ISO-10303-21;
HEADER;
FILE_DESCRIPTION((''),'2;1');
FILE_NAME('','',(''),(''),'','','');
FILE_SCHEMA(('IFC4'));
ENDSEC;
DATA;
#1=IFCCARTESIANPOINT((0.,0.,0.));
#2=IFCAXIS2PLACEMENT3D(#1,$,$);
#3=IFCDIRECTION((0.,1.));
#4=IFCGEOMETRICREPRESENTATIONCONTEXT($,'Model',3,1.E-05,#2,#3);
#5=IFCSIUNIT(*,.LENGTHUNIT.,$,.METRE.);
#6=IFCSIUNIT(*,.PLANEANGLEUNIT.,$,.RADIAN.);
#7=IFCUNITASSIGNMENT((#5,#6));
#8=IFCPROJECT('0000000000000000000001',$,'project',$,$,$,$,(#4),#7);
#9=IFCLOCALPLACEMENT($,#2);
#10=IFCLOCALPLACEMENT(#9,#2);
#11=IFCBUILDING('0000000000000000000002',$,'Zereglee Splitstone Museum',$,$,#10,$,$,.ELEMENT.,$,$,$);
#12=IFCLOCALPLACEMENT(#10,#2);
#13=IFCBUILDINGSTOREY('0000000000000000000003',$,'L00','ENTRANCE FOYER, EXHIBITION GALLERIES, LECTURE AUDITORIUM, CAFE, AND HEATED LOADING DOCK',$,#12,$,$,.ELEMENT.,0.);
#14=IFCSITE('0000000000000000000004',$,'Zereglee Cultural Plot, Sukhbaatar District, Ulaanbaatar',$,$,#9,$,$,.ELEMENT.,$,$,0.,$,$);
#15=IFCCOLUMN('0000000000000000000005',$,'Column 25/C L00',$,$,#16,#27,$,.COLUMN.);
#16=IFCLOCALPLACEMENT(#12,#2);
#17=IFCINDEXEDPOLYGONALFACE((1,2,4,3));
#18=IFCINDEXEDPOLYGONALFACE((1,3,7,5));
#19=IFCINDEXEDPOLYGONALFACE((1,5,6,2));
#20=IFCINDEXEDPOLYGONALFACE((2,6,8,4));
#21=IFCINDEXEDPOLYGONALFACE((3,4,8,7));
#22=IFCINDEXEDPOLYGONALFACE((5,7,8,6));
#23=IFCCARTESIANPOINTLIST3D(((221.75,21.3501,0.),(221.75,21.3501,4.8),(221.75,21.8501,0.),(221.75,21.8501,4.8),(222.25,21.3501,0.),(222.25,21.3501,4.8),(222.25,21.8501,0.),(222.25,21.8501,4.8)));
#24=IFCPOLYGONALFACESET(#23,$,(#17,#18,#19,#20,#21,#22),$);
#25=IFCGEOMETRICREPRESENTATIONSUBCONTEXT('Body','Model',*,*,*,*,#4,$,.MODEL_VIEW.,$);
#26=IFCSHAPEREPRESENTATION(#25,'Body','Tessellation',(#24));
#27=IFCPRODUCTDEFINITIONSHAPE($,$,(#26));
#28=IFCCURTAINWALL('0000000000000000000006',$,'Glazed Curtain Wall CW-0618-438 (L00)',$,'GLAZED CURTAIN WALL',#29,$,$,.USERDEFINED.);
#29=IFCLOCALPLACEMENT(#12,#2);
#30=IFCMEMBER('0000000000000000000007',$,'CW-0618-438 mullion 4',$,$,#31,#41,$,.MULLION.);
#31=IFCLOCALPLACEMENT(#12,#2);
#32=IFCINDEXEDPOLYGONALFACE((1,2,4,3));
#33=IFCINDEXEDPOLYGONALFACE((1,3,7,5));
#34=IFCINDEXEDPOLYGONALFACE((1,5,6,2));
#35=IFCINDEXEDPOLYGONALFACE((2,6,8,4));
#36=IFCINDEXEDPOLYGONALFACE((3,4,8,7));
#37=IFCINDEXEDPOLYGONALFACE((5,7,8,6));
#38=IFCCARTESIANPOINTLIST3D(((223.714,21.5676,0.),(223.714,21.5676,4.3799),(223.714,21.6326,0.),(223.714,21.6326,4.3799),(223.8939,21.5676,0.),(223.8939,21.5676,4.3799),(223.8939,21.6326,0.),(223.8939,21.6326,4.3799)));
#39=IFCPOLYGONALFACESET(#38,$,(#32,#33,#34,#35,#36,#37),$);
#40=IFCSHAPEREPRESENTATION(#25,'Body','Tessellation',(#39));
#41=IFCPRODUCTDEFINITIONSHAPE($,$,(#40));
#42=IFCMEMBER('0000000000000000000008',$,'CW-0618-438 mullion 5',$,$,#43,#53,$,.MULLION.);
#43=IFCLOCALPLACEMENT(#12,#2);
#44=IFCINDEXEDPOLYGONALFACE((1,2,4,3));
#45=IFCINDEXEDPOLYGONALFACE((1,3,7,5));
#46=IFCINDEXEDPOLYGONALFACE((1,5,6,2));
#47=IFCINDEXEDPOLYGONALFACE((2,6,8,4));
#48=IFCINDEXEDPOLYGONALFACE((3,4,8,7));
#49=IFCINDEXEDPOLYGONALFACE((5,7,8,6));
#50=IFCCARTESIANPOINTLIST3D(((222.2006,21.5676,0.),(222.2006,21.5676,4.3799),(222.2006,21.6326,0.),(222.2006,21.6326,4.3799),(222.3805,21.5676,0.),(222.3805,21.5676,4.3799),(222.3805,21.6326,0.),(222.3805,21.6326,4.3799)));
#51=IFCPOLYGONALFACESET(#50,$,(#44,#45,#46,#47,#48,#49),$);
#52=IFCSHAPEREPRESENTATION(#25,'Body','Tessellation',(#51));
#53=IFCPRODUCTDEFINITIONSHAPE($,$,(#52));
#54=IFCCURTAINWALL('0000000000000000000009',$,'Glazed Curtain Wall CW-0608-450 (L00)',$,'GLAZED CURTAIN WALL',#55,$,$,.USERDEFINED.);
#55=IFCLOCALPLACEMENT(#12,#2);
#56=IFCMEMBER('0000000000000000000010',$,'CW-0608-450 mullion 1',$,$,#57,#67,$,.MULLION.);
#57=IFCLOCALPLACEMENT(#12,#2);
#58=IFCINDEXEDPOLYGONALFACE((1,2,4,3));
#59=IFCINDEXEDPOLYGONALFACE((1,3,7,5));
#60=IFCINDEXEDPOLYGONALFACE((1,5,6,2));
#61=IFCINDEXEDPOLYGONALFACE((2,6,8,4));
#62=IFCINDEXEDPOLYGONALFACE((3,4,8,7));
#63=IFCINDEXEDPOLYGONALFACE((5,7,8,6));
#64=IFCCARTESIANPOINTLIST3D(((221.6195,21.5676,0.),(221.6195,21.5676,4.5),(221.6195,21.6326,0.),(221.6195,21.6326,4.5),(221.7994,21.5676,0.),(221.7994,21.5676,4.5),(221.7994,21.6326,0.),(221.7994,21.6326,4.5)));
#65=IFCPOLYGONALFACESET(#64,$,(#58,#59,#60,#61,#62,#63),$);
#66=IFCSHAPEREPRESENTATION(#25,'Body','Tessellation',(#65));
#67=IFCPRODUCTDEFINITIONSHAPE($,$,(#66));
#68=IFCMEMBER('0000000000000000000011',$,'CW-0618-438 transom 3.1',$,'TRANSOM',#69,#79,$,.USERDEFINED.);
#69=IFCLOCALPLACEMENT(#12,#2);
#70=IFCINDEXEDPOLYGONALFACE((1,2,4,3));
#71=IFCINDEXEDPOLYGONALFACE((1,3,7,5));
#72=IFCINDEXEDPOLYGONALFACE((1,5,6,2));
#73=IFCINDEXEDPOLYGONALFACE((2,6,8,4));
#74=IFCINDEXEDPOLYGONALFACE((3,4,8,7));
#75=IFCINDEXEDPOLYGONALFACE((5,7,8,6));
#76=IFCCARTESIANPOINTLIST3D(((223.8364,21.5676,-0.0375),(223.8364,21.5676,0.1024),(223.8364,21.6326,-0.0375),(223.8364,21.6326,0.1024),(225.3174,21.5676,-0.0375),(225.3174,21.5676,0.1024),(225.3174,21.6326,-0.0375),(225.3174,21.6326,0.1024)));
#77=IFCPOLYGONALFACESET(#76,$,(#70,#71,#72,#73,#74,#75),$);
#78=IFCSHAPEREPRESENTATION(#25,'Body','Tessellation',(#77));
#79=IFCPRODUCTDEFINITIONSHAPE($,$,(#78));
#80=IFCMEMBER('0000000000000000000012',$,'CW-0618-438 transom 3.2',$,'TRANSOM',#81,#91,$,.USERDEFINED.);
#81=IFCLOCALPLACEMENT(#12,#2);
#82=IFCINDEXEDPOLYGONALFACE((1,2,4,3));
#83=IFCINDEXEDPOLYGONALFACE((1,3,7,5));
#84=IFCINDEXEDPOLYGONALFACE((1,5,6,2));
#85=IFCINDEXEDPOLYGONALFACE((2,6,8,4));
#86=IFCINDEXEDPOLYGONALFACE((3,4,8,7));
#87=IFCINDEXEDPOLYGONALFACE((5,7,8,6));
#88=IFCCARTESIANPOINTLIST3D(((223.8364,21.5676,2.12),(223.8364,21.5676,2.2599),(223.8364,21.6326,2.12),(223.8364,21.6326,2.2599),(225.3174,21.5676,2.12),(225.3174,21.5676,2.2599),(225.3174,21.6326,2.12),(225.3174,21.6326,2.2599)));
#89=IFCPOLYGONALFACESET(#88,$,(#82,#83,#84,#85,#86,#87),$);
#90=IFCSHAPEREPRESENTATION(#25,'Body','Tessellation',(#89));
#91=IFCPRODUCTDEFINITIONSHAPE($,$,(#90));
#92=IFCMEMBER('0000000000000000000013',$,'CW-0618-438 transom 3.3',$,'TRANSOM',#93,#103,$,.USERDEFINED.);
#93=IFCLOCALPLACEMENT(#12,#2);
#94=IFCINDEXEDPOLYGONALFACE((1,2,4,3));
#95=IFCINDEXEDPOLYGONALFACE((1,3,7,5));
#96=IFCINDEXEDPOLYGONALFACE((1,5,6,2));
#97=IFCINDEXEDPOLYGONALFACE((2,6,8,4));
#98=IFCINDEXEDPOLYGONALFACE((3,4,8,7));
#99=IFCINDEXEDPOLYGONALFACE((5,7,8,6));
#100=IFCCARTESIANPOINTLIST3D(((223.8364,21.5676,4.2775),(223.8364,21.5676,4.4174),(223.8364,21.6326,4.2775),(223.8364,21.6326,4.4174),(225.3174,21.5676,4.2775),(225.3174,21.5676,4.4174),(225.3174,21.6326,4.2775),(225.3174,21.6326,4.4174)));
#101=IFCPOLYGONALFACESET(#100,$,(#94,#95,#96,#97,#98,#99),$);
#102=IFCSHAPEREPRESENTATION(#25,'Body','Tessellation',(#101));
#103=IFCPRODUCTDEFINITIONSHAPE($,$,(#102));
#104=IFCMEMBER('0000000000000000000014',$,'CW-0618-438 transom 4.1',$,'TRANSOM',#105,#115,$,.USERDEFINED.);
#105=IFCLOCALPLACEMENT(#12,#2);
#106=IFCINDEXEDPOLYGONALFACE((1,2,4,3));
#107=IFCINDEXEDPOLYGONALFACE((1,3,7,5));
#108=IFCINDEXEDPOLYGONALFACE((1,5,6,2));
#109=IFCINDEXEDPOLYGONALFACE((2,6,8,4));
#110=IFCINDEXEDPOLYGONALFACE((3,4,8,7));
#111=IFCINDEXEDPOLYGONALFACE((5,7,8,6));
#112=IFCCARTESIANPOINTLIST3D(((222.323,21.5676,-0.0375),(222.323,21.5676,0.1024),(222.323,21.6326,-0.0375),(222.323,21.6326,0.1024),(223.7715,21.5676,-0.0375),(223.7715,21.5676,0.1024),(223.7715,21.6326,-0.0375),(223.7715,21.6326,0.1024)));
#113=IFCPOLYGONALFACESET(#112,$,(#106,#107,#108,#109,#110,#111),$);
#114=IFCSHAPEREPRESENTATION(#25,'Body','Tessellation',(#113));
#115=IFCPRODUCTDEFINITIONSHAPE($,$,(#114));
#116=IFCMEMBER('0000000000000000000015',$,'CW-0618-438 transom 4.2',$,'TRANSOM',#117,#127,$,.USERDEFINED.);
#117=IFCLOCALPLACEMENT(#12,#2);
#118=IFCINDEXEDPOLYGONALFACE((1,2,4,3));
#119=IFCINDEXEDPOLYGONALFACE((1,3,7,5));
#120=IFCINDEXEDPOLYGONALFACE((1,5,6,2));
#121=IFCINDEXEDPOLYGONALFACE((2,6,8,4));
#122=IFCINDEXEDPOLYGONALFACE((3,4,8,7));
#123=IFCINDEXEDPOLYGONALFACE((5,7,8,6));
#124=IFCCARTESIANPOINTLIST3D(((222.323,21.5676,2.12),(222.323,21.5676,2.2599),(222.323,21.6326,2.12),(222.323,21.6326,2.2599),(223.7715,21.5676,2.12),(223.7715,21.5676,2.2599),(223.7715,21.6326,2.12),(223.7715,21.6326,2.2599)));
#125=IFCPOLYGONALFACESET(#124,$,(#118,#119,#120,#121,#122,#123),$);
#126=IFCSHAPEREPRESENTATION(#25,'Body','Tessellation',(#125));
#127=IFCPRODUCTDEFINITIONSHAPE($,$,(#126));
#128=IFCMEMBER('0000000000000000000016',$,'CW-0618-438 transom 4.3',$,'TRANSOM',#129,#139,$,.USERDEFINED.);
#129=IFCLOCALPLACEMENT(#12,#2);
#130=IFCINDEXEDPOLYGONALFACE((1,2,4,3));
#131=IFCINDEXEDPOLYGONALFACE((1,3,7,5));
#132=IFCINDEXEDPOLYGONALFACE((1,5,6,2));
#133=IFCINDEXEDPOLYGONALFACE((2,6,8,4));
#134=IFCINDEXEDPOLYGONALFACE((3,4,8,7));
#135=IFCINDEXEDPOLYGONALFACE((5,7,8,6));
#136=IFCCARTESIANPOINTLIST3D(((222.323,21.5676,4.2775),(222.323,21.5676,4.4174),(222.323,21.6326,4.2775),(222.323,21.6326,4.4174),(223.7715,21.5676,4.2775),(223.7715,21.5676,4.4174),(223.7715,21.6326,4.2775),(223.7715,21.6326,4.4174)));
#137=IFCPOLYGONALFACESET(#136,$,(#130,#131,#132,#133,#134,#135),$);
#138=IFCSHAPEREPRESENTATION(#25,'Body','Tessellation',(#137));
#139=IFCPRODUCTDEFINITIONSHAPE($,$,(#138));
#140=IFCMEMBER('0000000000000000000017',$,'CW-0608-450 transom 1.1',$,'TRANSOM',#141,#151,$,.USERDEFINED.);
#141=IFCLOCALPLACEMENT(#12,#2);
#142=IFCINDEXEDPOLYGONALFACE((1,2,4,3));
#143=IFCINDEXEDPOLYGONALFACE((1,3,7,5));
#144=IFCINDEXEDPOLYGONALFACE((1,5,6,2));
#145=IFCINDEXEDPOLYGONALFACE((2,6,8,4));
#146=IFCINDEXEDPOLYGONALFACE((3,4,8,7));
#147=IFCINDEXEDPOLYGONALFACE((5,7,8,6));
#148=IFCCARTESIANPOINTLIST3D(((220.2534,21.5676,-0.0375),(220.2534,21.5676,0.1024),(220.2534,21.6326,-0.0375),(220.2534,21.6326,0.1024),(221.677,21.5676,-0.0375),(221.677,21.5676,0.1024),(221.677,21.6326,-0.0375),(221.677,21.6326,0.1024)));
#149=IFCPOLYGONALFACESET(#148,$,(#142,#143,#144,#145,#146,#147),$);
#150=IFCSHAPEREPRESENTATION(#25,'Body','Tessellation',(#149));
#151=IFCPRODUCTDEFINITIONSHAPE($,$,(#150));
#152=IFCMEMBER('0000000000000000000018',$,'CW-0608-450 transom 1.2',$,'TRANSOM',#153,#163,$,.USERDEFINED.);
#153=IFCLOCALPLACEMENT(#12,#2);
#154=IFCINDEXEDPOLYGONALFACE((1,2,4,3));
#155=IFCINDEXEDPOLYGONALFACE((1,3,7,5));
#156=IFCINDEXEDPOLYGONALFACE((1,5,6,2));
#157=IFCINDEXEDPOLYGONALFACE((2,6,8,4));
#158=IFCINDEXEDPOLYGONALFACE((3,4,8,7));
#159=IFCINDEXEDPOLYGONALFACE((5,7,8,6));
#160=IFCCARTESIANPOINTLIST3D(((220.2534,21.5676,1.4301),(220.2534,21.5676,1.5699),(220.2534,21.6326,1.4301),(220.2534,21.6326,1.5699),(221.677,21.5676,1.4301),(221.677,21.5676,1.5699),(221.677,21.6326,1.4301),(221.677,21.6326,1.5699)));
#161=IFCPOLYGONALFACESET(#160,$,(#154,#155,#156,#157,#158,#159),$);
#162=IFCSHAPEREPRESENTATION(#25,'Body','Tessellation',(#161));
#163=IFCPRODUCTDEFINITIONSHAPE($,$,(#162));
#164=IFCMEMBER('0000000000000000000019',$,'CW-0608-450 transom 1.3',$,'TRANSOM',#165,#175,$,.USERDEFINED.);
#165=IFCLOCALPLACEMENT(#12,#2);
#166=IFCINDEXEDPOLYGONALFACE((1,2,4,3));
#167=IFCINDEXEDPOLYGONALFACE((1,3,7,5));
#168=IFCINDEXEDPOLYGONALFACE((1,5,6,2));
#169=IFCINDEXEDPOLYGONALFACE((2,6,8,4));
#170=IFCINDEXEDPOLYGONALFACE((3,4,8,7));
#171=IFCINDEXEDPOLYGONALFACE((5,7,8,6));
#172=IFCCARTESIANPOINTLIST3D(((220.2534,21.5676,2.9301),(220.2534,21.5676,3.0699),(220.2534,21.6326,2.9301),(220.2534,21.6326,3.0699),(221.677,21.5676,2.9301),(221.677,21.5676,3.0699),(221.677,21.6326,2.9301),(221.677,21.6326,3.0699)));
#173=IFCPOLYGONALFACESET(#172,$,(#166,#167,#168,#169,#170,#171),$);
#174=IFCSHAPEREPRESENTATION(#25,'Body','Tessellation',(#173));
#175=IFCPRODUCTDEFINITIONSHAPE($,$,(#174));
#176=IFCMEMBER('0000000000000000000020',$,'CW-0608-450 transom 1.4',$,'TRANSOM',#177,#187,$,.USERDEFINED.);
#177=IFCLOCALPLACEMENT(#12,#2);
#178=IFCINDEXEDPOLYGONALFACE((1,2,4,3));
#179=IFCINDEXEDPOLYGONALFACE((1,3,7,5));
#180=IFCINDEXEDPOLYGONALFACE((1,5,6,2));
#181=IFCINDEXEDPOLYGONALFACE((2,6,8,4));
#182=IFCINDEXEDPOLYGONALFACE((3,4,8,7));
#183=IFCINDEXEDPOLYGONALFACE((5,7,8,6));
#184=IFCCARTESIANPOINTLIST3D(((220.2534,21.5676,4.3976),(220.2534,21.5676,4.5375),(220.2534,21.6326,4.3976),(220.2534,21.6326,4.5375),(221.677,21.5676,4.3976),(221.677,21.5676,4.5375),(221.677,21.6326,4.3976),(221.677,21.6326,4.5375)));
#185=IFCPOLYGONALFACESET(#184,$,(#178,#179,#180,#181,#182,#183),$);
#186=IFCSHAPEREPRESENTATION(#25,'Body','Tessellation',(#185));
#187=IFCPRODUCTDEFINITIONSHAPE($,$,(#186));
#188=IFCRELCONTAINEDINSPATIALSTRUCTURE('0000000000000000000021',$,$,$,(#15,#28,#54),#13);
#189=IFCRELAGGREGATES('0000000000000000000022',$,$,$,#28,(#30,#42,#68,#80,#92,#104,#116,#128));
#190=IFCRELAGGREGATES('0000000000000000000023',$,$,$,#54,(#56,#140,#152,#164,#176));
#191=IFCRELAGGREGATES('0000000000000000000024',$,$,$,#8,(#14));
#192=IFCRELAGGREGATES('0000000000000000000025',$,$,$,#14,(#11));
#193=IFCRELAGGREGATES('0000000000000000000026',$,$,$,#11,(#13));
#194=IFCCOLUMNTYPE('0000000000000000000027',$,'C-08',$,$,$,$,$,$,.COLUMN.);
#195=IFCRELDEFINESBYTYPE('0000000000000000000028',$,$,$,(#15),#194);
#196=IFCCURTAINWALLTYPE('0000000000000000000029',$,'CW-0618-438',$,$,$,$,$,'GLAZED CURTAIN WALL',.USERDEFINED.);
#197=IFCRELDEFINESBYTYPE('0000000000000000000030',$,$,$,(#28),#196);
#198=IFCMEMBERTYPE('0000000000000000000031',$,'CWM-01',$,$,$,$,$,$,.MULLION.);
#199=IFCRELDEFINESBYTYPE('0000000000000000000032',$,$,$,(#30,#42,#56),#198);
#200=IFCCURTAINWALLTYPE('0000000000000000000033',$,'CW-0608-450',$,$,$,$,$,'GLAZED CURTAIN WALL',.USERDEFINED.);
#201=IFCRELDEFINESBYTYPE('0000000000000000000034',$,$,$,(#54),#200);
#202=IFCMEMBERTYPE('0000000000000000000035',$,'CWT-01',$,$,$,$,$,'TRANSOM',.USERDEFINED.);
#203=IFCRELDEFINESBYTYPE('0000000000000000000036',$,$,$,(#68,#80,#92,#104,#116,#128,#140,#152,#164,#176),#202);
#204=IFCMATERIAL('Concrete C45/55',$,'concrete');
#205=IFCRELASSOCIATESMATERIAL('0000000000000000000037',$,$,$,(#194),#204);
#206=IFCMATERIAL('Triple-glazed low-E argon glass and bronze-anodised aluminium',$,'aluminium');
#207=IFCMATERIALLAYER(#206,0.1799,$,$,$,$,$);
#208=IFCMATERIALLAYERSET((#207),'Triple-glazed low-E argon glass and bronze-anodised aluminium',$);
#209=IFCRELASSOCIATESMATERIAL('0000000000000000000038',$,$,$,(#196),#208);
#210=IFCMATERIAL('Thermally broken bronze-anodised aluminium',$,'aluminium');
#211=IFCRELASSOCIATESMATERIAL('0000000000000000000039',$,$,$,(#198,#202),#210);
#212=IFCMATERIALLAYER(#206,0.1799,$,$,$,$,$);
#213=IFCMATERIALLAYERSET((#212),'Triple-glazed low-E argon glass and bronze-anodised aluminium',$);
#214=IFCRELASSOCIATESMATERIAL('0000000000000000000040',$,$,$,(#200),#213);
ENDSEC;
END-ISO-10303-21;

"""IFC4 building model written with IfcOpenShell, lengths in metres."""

from ifc_helpers import new_model, si_unit, direction, frame, origin, origin_2d, place, context, subcontext, project, spatial, rectangle, extrude, material, layer, layer_set, material_profile, profile_set, type_object, element, aggregate, save


model = new_model("IFC4")

# Units and contexts
model_context = context("Model", 3, precision=1e-05, world=origin(), true_north=direction((0.0, 1.0)))
body_context = subcontext(model_context, "Body", "Model", "MODEL_VIEW")
ifc_project = project(units=[si_unit("LENGTHUNIT", "METRE"), si_unit("PLANEANGLEUNIT", "RADIAN")], contexts=[model_context])

# Site, building, storey
site_placement = place(None, origin())
site = spatial("IfcSite", under=ifc_project, at=site_placement, Name="Zereglee Cultural Plot, Sukhbaatar District, Ulaanbaatar", CompositionType="ELEMENT", RefElevation=0.0)
building_placement = place(site_placement, origin())
building = spatial("IfcBuilding", under=site, at=building_placement, Name="Zereglee Splitstone Museum", CompositionType="ELEMENT")
storey_placement = place(building_placement, origin())
storey = spatial("IfcBuildingStorey", under=building, at=storey_placement, Name="L00", Description="ENTRANCE FOYER, EXHIBITION GALLERIES, LECTURE AUDITORIUM, CAFE, AND HEATED LOADING DOCK", CompositionType="ELEMENT", Elevation=0.0)

# Column
ifc_material_1 = material(Name="Concrete C45/55", Category="concrete")
ifc_material_profile_1 = material_profile(ifc_material_1, rectangle(XDim=0.5, YDim=0.5, at=origin_2d()), Name="RC 500x500")
ifc_profile_set_1 = profile_set([ifc_material_profile_1], Name="Concrete C45/55")
column_type = type_object("IfcColumnType", Name="C-08", PredefinedType="COLUMN", material=ifc_profile_set_1)
column_placement = place(storey_placement, frame((222.0, 21.6001, 0.0), z_axis=(0.0, 0.0, 1.0), x_axis=(1.0, 0.0, 0.0)))
element("IfcColumn", 1, at=column_placement, inside=storey, type_object=column_type, Name="Column 25/C L00", PredefinedType="COLUMN", context=body_context, shape_type="SweptSolid", body=[
    extrude(rectangle(XDim=0.5, YDim=0.5, at=origin_2d()), origin(), (0.0, 0.0, 1.0), 4.8),
])

# Curtain wall, members
ifc_material_2 = material(Name="Triple-glazed low-E argon glass and bronze-anodised aluminium", Category="aluminium")
ifc_layer_1 = layer(ifc_material_2, 0.1799)
ifc_layer_set_1 = layer_set([ifc_layer_1], Name="Triple-glazed low-E argon glass and bronze-anodised aluminium")
curtain_wall_type_1 = type_object("IfcCurtainWallType", Name="CW-0618-438", ElementType="GLAZED CURTAIN WALL", PredefinedType="USERDEFINED", material=ifc_layer_set_1)
curtain_wall_1_placement = place(storey_placement, origin())
curtain_wall_1 = element("IfcCurtainWall", 2, at=curtain_wall_1_placement, inside=storey, type_object=curtain_wall_type_1, Name="Glazed Curtain Wall CW-0618-438 (L00)", ObjectType="GLAZED CURTAIN WALL", PredefinedType="USERDEFINED")
ifc_material_3 = material(Name="Thermally broken bronze-anodised aluminium", Category="aluminium")
ifc_material_profile_2 = material_profile(ifc_material_3, rectangle(XDim=0.0649, YDim=0.1799, at=origin_2d()), Name="CW MULL 65x180")
ifc_profile_set_2 = profile_set([ifc_material_profile_2], Name="Thermally broken bronze-anodised aluminium")
member_type_1 = type_object("IfcMemberType", Name="CWM-01", PredefinedType="MULLION", material=ifc_profile_set_2)
member_1_placement = place(storey_placement, frame((223.804, 21.6001, 0.0), z_axis=(0.0, 0.0, 1.0), x_axis=(0.0, -1.0, 0.0)))
member_1 = element("IfcMember", 3, at=member_1_placement, type_object=member_type_1, Name="CW-0618-438 mullion 4", PredefinedType="MULLION", context=body_context, shape_type="SweptSolid", body=[
    extrude(rectangle(XDim=0.0649, YDim=0.1799, at=origin_2d()), origin(), (0.0, 0.0, 1.0), 4.3799),
])
member_2_placement = place(storey_placement, frame((222.2905, 21.6001, 0.0), z_axis=(0.0, 0.0, 1.0), x_axis=(0.0, -1.0, 0.0)))
member_2 = element("IfcMember", 4, at=member_2_placement, type_object=member_type_1, Name="CW-0618-438 mullion 5", PredefinedType="MULLION", context=body_context, shape_type="SweptSolid", body=[
    extrude(rectangle(XDim=0.0649, YDim=0.1799, at=origin_2d()), origin(), (0.0, 0.0, 1.0), 4.3799),
])

# Curtain wall, member
ifc_layer_2 = layer(ifc_material_2, 0.1799)
ifc_layer_set_2 = layer_set([ifc_layer_2], Name="Triple-glazed low-E argon glass and bronze-anodised aluminium")
curtain_wall_type_2 = type_object("IfcCurtainWallType", Name="CW-0608-450", ElementType="GLAZED CURTAIN WALL", PredefinedType="USERDEFINED", material=ifc_layer_set_2)
curtain_wall_2_placement = place(storey_placement, origin())
curtain_wall_2 = element("IfcCurtainWall", 5, at=curtain_wall_2_placement, inside=storey, type_object=curtain_wall_type_2, Name="Glazed Curtain Wall CW-0608-450 (L00)", ObjectType="GLAZED CURTAIN WALL", PredefinedType="USERDEFINED")
member_3_placement = place(storey_placement, frame((221.7095, 21.6001, 0.0), z_axis=(0.0, 0.0, 1.0), x_axis=(0.0, -1.0, 0.0)))
member_3 = element("IfcMember", 6, at=member_3_placement, type_object=member_type_1, Name="CW-0608-450 mullion 1", PredefinedType="MULLION", context=body_context, shape_type="SweptSolid", body=[
    extrude(rectangle(XDim=0.0649, YDim=0.1799, at=origin_2d()), origin(), (0.0, 0.0, 1.0), 4.5),
])

# Members
ifc_material_profile_3 = material_profile(ifc_material_3, rectangle(XDim=0.0649, YDim=0.1399, at=origin_2d()), Name="CW TRAN 65x140")
ifc_profile_set_3 = profile_set([ifc_material_profile_3], Name="Thermally broken bronze-anodised aluminium")
member_type_2 = type_object("IfcMemberType", Name="CWT-01", ElementType="TRANSOM", PredefinedType="USERDEFINED", material=ifc_profile_set_3)
member_4_placement = place(storey_placement, frame((225.3174, 21.6001, 0.0325), z_axis=(-1.0, 0.0, 0.0), x_axis=(0.0, -1.0, 0.0)))
member_4 = element("IfcMember", 7, at=member_4_placement, type_object=member_type_2, Name="CW-0618-438 transom 3.1", ObjectType="TRANSOM", PredefinedType="USERDEFINED", context=body_context, shape_type="SweptSolid", body=[
    extrude(rectangle(XDim=0.0649, YDim=0.1399, at=origin_2d()), origin(), (0.0, 0.0, 1.0), 1.481),
])
member_5_placement = place(storey_placement, frame((225.3174, 21.6001, 2.1899), z_axis=(-1.0, 0.0, 0.0), x_axis=(0.0, -1.0, 0.0)))
member_5 = element("IfcMember", 8, at=member_5_placement, type_object=member_type_2, Name="CW-0618-438 transom 3.2", ObjectType="TRANSOM", PredefinedType="USERDEFINED", context=body_context, shape_type="SweptSolid", body=[
    extrude(rectangle(XDim=0.0649, YDim=0.1399, at=origin_2d()), origin(), (0.0, 0.0, 1.0), 1.481),
])
member_6_placement = place(storey_placement, frame((225.3174, 21.6001, 4.3474), z_axis=(-1.0, 0.0, 0.0), x_axis=(0.0, -1.0, 0.0)))
member_6 = element("IfcMember", 9, at=member_6_placement, type_object=member_type_2, Name="CW-0618-438 transom 3.3", ObjectType="TRANSOM", PredefinedType="USERDEFINED", context=body_context, shape_type="SweptSolid", body=[
    extrude(rectangle(XDim=0.0649, YDim=0.1399, at=origin_2d()), origin(), (0.0, 0.0, 1.0), 1.481),
])
member_7_placement = place(storey_placement, frame((223.7715, 21.6001, 0.0325), z_axis=(-1.0, 0.0, 0.0), x_axis=(0.0, -1.0, 0.0)))
member_7 = element("IfcMember", 10, at=member_7_placement, type_object=member_type_2, Name="CW-0618-438 transom 4.1", ObjectType="TRANSOM", PredefinedType="USERDEFINED", context=body_context, shape_type="SweptSolid", body=[
    extrude(rectangle(XDim=0.0649, YDim=0.1399, at=origin_2d()), origin(), (0.0, 0.0, 1.0), 1.4485),
])
member_8_placement = place(storey_placement, frame((223.7715, 21.6001, 2.1899), z_axis=(-1.0, 0.0, 0.0), x_axis=(0.0, -1.0, 0.0)))
member_8 = element("IfcMember", 11, at=member_8_placement, type_object=member_type_2, Name="CW-0618-438 transom 4.2", ObjectType="TRANSOM", PredefinedType="USERDEFINED", context=body_context, shape_type="SweptSolid", body=[
    extrude(rectangle(XDim=0.0649, YDim=0.1399, at=origin_2d()), origin(), (0.0, 0.0, 1.0), 1.4485),
])
member_9_placement = place(storey_placement, frame((223.7715, 21.6001, 4.3474), z_axis=(-1.0, 0.0, 0.0), x_axis=(0.0, -1.0, 0.0)))
member_9 = element("IfcMember", 12, at=member_9_placement, type_object=member_type_2, Name="CW-0618-438 transom 4.3", ObjectType="TRANSOM", PredefinedType="USERDEFINED", context=body_context, shape_type="SweptSolid", body=[
    extrude(rectangle(XDim=0.0649, YDim=0.1399, at=origin_2d()), origin(), (0.0, 0.0, 1.0), 1.4485),
])
member_10_placement = place(storey_placement, frame((221.677, 21.6001, 0.0325), z_axis=(-1.0, 0.0, 0.0), x_axis=(0.0, -1.0, 0.0)))
member_10 = element("IfcMember", 13, at=member_10_placement, type_object=member_type_2, Name="CW-0608-450 transom 1.1", ObjectType="TRANSOM", PredefinedType="USERDEFINED", context=body_context, shape_type="SweptSolid", body=[
    extrude(rectangle(XDim=0.0649, YDim=0.1399, at=origin_2d()), origin(), (0.0, 0.0, 1.0), 1.4236),
])
member_11_placement = place(storey_placement, frame((221.677, 21.6001, 1.5), z_axis=(-1.0, 0.0, 0.0), x_axis=(0.0, -1.0, 0.0)))
member_11 = element("IfcMember", 14, at=member_11_placement, type_object=member_type_2, Name="CW-0608-450 transom 1.2", ObjectType="TRANSOM", PredefinedType="USERDEFINED", context=body_context, shape_type="SweptSolid", body=[
    extrude(rectangle(XDim=0.0649, YDim=0.1399, at=origin_2d()), origin(), (0.0, 0.0, 1.0), 1.4236),
])
member_12_placement = place(storey_placement, frame((221.677, 21.6001, 3.0), z_axis=(-1.0, 0.0, 0.0), x_axis=(0.0, -1.0, 0.0)))
member_12 = element("IfcMember", 15, at=member_12_placement, type_object=member_type_2, Name="CW-0608-450 transom 1.3", ObjectType="TRANSOM", PredefinedType="USERDEFINED", context=body_context, shape_type="SweptSolid", body=[
    extrude(rectangle(XDim=0.0649, YDim=0.1399, at=origin_2d()), origin(), (0.0, 0.0, 1.0), 1.4236),
])
member_13_placement = place(storey_placement, frame((221.677, 21.6001, 4.4675), z_axis=(-1.0, 0.0, 0.0), x_axis=(0.0, -1.0, 0.0)))
member_13 = element("IfcMember", 16, at=member_13_placement, type_object=member_type_2, Name="CW-0608-450 transom 1.4", ObjectType="TRANSOM", PredefinedType="USERDEFINED", context=body_context, shape_type="SweptSolid", body=[
    extrude(rectangle(XDim=0.0649, YDim=0.1399, at=origin_2d()), origin(), (0.0, 0.0, 1.0), 1.4236),
])

aggregate(curtain_wall_1, [member_1, member_2, member_4, member_5, member_6, member_7, member_8, member_9])
aggregate(curtain_wall_2, [member_3, member_10, member_11, member_12, member_13])

save(model, "model.ifc")
